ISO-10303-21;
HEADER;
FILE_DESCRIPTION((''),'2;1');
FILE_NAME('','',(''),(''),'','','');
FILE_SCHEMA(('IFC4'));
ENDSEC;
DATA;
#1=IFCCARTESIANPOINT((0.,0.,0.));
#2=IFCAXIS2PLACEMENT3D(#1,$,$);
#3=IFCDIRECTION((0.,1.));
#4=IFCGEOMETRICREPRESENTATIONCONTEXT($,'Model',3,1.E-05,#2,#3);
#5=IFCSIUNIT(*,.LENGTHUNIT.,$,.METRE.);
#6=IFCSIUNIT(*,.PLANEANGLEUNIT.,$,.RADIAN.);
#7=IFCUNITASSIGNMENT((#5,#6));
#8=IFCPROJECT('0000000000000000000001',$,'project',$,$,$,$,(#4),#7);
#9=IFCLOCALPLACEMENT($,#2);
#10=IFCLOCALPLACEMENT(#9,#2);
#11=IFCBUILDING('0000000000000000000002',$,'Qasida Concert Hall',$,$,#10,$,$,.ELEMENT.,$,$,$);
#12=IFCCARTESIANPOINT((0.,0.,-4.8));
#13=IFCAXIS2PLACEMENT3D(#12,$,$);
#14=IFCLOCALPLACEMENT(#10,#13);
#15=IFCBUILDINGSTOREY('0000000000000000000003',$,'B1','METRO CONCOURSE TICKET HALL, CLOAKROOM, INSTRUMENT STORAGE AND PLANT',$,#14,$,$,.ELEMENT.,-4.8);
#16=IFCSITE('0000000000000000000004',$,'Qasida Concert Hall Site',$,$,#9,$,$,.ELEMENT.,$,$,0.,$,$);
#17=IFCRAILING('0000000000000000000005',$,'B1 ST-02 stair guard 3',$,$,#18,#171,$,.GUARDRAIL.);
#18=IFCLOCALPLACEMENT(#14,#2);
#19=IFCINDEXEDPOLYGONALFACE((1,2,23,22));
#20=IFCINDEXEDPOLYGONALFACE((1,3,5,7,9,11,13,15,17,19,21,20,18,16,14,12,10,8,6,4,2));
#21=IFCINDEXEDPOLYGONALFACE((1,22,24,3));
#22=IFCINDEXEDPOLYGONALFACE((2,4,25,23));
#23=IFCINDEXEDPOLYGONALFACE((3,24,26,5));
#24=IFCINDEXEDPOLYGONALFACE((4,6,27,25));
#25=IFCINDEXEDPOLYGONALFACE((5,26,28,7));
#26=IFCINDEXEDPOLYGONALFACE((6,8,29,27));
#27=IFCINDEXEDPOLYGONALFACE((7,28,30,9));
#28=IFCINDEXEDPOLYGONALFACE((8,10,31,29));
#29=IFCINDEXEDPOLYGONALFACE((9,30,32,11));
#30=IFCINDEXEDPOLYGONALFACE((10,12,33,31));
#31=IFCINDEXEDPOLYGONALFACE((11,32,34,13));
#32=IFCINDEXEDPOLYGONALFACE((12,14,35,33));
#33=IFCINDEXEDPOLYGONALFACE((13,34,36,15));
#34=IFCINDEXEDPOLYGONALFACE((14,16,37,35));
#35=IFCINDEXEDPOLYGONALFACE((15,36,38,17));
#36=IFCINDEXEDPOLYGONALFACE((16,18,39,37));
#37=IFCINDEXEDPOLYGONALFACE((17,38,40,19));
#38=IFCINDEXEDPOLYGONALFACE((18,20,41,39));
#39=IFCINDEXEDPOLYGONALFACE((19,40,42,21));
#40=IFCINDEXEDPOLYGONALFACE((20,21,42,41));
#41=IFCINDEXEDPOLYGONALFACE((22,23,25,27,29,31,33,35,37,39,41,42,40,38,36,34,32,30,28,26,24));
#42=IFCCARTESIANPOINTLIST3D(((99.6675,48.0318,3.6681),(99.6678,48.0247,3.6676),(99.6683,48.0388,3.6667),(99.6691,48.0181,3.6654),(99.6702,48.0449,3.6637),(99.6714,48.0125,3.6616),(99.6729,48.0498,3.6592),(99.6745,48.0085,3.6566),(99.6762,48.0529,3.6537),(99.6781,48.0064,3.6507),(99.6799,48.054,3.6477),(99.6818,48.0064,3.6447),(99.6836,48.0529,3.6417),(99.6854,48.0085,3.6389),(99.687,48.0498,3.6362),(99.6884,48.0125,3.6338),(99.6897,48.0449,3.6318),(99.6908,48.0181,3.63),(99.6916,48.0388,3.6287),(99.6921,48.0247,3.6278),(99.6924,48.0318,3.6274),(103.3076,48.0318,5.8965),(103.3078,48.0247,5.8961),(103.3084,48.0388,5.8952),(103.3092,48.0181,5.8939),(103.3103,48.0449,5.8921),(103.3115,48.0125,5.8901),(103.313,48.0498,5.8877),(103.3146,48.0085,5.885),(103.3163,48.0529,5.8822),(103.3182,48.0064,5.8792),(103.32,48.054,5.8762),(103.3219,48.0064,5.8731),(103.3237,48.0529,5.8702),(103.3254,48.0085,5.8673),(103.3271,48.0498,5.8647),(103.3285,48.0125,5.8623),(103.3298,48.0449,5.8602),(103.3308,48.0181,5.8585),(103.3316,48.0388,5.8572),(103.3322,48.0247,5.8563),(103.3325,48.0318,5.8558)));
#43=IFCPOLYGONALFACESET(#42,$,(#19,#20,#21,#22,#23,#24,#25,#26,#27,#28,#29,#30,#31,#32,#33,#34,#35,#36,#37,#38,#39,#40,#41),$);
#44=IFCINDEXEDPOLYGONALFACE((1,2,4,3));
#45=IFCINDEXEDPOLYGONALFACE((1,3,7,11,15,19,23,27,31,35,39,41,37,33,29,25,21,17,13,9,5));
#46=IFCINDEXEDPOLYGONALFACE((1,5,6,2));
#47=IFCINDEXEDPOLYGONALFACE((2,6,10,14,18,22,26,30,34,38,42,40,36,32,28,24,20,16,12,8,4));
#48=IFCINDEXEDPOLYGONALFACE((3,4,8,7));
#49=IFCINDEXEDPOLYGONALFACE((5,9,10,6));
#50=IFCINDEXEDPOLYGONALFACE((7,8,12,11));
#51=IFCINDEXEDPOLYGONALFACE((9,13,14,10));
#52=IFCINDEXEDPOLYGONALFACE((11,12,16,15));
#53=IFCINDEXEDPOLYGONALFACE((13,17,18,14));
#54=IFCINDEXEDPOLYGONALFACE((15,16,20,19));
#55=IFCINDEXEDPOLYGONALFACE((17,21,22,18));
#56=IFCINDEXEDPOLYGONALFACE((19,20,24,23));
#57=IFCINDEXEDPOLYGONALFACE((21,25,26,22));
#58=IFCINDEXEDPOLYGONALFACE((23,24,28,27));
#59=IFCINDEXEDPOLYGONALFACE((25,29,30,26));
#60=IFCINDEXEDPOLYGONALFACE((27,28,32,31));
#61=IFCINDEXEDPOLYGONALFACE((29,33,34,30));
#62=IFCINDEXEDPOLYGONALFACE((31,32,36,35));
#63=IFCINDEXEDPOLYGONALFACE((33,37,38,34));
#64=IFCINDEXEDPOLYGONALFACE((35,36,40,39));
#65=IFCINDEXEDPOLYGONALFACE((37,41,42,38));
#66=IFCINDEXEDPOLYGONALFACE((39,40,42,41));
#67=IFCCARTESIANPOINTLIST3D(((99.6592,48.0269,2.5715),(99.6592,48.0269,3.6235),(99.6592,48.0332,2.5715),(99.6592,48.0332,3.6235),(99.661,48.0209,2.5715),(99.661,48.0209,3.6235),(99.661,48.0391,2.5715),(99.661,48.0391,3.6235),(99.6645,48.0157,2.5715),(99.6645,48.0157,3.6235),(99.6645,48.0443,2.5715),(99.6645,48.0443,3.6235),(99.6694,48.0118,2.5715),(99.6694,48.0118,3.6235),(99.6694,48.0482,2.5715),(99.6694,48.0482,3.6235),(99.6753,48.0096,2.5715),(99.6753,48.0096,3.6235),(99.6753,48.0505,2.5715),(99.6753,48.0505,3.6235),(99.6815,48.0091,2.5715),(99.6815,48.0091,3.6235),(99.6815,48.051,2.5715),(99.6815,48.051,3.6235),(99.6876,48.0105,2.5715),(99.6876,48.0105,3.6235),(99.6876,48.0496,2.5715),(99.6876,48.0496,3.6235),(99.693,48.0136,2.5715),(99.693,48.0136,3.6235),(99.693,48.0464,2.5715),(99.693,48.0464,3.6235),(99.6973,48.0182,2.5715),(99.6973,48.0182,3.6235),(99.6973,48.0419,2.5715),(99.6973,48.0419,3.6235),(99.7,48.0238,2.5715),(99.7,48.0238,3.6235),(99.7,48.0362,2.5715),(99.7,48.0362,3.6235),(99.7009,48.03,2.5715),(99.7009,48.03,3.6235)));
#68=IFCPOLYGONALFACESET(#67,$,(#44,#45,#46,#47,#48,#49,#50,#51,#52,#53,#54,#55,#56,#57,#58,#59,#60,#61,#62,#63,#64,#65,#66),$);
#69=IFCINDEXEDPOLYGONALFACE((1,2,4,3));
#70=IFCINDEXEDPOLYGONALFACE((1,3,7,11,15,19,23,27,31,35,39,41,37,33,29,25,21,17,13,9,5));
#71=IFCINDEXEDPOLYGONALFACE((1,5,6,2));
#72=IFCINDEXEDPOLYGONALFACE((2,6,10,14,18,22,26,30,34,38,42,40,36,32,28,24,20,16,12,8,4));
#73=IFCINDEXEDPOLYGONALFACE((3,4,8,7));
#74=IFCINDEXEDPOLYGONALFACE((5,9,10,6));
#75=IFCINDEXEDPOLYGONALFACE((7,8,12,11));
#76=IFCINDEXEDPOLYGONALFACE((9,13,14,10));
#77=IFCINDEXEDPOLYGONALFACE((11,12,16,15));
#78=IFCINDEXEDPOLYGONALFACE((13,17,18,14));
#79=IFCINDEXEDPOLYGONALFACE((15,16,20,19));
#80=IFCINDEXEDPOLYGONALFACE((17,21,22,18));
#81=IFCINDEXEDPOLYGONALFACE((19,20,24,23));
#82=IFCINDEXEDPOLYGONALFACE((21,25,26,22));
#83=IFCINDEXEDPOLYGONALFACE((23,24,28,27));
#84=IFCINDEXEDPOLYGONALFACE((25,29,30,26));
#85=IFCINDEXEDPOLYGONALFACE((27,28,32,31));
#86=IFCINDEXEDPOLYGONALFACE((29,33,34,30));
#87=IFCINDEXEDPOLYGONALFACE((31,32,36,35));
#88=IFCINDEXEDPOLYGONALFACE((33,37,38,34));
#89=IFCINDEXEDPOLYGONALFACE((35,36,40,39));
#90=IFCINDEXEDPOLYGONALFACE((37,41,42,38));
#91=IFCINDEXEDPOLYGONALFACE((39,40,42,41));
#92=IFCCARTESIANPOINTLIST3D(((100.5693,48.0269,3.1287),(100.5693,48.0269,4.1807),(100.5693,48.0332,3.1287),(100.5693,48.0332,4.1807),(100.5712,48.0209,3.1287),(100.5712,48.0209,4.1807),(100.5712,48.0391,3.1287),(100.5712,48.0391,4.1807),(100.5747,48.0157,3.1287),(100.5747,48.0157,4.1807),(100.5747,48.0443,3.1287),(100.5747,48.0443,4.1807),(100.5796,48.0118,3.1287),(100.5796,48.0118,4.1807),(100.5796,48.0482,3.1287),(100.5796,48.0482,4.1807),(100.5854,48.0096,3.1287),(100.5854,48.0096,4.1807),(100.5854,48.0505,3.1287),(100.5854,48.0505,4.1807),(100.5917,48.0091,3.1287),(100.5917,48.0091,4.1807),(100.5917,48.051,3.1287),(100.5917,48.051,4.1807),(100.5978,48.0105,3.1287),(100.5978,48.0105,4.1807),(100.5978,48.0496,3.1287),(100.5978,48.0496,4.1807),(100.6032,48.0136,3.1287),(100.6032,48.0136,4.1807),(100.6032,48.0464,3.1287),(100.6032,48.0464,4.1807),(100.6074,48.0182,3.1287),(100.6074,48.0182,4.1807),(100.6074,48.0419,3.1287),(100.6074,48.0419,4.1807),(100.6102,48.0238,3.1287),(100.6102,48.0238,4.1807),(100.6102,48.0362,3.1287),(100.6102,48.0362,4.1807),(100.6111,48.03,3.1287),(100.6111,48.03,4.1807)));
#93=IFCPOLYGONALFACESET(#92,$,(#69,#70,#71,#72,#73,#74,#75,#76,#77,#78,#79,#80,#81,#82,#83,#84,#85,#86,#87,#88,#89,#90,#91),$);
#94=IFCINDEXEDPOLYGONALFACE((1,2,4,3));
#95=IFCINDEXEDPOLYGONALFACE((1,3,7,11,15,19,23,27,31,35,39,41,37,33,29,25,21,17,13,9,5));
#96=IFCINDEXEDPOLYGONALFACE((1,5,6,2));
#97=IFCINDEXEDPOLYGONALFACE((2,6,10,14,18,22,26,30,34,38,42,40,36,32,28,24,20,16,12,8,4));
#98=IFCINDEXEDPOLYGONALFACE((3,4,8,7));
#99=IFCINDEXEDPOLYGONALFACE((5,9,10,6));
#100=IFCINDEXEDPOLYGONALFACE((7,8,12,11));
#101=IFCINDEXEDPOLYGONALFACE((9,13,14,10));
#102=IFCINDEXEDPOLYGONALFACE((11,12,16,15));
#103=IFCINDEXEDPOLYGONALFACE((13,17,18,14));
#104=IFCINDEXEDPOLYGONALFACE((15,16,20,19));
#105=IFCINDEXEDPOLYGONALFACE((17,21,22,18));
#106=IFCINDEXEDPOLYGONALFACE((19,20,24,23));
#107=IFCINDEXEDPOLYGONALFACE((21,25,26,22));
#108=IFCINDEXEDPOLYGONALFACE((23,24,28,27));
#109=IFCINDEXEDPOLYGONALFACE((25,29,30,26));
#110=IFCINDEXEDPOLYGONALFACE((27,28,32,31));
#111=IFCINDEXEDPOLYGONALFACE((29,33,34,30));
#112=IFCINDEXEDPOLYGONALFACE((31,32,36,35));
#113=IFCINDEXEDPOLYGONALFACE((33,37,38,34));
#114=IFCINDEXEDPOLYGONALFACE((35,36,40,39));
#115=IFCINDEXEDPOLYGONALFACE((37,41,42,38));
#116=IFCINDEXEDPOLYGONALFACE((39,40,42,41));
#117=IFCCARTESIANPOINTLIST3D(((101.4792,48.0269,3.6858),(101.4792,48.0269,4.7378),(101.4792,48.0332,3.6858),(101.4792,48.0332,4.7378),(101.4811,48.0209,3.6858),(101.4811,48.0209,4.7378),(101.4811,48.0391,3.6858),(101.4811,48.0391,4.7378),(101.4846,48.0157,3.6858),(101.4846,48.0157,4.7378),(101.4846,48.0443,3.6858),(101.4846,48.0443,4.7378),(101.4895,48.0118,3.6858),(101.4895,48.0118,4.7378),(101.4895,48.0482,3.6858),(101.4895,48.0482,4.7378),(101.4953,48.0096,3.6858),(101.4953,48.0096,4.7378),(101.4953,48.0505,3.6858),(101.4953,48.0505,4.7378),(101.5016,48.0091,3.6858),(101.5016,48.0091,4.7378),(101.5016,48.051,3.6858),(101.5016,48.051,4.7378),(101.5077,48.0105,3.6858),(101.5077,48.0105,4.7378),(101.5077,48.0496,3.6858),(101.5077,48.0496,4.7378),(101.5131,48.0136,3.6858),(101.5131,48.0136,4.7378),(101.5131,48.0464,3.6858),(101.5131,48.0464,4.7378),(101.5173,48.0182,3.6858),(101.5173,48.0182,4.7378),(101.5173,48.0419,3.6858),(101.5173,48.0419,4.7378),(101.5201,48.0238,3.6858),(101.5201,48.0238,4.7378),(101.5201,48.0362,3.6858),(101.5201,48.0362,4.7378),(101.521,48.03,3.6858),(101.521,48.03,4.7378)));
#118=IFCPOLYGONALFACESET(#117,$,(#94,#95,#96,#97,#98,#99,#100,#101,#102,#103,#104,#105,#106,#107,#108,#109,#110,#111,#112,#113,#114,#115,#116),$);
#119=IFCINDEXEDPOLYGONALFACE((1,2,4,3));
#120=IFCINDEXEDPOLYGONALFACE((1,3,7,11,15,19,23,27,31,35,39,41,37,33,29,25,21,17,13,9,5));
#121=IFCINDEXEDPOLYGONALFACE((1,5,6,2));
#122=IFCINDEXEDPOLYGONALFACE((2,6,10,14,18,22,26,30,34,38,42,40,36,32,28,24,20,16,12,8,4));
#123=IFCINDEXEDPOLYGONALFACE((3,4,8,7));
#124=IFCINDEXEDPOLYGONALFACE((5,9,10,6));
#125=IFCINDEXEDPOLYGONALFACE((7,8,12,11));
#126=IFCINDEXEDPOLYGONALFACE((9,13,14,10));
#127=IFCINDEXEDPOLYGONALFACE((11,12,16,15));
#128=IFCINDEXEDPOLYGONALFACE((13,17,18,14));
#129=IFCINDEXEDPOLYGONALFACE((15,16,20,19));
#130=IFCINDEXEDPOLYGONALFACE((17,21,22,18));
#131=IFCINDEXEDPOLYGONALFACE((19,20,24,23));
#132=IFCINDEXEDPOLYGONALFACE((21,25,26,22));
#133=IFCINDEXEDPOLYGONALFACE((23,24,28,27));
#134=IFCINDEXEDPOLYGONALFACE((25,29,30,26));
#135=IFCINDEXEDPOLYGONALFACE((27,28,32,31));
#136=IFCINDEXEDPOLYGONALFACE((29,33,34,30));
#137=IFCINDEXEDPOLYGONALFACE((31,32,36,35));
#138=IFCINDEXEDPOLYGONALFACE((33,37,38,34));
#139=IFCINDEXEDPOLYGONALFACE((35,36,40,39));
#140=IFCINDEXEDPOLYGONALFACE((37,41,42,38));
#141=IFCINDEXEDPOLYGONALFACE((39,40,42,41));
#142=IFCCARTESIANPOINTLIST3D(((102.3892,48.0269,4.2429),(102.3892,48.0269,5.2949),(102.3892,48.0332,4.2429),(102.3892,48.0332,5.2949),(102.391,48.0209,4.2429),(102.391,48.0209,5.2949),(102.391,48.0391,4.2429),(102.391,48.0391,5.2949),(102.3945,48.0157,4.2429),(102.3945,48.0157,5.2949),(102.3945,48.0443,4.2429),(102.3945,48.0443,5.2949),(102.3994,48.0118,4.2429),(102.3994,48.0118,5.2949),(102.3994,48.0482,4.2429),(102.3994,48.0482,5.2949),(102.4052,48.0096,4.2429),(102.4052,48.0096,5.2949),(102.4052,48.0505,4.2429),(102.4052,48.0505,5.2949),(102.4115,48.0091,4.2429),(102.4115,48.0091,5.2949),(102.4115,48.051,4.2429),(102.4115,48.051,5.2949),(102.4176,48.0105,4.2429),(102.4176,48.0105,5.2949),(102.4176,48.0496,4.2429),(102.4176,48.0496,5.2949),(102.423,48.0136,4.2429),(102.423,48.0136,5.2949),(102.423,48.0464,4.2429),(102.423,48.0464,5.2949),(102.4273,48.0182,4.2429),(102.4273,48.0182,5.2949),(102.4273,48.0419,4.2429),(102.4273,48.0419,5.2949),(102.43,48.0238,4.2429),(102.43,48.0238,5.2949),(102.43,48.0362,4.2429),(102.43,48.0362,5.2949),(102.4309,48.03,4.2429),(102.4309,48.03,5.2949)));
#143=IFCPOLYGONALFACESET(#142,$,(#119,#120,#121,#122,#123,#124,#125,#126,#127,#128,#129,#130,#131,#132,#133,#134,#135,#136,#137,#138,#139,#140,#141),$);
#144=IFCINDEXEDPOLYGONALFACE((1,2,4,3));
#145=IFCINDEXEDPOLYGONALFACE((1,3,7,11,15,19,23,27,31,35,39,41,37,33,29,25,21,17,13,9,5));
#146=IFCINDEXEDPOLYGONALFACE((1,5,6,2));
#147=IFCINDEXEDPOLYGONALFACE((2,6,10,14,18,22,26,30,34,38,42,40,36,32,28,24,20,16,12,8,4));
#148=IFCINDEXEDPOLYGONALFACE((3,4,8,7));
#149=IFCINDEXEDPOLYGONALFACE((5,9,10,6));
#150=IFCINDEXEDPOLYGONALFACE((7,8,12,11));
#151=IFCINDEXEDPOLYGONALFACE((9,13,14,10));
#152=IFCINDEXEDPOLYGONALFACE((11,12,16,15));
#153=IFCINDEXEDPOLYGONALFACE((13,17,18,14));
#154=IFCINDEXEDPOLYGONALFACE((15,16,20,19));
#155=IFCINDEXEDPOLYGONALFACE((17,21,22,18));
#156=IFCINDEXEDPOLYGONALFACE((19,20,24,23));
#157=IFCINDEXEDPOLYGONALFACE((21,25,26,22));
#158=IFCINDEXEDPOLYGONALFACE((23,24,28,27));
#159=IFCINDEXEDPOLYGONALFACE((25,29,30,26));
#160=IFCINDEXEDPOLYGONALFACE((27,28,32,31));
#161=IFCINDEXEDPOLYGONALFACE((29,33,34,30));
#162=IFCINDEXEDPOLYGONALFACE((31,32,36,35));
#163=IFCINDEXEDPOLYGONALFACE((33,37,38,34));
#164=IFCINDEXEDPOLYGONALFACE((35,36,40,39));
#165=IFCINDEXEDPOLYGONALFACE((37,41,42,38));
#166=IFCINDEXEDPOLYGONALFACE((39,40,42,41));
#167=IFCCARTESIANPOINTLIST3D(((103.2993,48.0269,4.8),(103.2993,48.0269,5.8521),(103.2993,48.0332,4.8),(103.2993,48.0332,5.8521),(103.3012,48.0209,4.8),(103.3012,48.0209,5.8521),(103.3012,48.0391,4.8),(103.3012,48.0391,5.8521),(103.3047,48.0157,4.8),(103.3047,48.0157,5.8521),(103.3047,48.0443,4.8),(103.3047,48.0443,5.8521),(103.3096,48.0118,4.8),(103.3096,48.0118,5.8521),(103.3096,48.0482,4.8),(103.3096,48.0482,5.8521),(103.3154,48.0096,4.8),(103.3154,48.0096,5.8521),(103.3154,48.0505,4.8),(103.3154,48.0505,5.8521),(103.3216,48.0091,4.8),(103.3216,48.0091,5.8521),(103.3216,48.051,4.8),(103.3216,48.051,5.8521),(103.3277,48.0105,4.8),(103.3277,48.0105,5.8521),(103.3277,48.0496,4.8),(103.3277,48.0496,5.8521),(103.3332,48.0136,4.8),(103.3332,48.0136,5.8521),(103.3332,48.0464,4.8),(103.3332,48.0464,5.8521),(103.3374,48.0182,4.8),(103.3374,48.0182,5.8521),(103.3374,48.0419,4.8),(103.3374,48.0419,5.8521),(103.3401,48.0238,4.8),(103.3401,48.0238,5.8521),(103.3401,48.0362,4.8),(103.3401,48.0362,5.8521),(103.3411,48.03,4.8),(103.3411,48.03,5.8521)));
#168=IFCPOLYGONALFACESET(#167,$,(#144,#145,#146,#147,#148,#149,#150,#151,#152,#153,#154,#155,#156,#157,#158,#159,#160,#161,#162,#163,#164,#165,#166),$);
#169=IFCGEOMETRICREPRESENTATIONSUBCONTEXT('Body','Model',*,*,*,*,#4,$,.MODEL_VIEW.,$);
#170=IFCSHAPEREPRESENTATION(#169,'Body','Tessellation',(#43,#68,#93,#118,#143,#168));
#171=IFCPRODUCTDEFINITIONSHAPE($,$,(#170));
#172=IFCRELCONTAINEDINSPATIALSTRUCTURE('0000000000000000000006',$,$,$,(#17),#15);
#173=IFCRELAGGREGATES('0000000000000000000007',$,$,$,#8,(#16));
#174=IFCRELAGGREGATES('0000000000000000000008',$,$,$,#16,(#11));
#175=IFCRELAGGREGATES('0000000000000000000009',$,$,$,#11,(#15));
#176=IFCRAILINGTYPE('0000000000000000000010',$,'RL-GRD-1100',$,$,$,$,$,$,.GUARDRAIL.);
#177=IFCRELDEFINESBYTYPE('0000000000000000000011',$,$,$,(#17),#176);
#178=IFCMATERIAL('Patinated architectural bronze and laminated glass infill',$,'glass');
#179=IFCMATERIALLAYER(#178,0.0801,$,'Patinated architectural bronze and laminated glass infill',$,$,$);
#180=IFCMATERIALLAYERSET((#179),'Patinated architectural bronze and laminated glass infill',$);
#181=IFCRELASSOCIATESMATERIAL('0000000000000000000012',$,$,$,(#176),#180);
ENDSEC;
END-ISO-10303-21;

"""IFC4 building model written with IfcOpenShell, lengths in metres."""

from ifc_helpers import new_model, si_unit, direction, frame, origin, origin_2d, place, context, subcontext, project, spatial, circle, extrude, material, layer, layer_set, type_object, element, save


model = new_model("IFC4")

# Units and contexts
model_context = context("Model", 3, precision=1e-05, world=origin(), true_north=direction((0.0, 1.0)))
body_context = subcontext(model_context, "Body", "Model", "MODEL_VIEW")
ifc_project = project(units=[si_unit("LENGTHUNIT", "METRE"), si_unit("PLANEANGLEUNIT", "RADIAN")], contexts=[model_context])

# Site, building, storey
site_placement = place(None, origin())
site = spatial("IfcSite", under=ifc_project, at=site_placement, Name="Qasida Concert Hall Site", CompositionType="ELEMENT", RefElevation=0.0)
building_placement = place(site_placement, origin())
building = spatial("IfcBuilding", under=site, at=building_placement, Name="Qasida Concert Hall", CompositionType="ELEMENT")
storey_placement = place(building_placement, frame((0.0, 0.0, -4.8)))
storey = spatial("IfcBuildingStorey", under=building, at=storey_placement, Name="B1", Description="METRO CONCOURSE TICKET HALL, CLOAKROOM, INSTRUMENT STORAGE AND PLANT", CompositionType="ELEMENT", Elevation=-4.8)

# Railing
ifc_material_1 = material(Name="Patinated architectural bronze and laminated glass infill", Category="glass")
ifc_layer_1 = layer(ifc_material_1, 0.0801, Name="Patinated architectural bronze and laminated glass infill")
ifc_layer_set_1 = layer_set([ifc_layer_1], Name="Patinated architectural bronze and laminated glass infill")
railing_type_1 = type_object("IfcRailingType", Name="RL-GRD-1100", PredefinedType="GUARDRAIL", material=ifc_layer_set_1)
railing_1_placement = place(storey_placement, frame((99.6799, 48.03, 2.5715)))
element("IfcRailing", 1, at=railing_1_placement, inside=storey, type_object=railing_type_1, Name="B1 ST-02 stair guard 3", PredefinedType="GUARDRAIL", context=body_context, shape_type="SweptSolid", body=[
    extrude(circle(Radius=0.0239, at=origin_2d()), frame((0.0, 0.0, 1.0762), z_axis=(0.852866, 0.0, 0.52213), x_axis=(0.0, 1.0, 0.0)), (0.0, 0.0, 1.0), 4.2681),
    extrude(circle(Radius=0.021, at=origin_2d()), origin(), (0.0, 0.0, 1.0), 1.052),
    extrude(circle(Radius=0.021, at=origin_2d()), frame((0.9102, 0.0, 0.5571)), (0.0, 0.0, 1.0), 1.052),
    extrude(circle(Radius=0.021, at=origin_2d()), frame((1.8201, 0.0, 1.1143)), (0.0, 0.0, 1.0), 1.052),
    extrude(circle(Radius=0.021, at=origin_2d()), frame((2.73, 0.0, 1.6714)), (0.0, 0.0, 1.0), 1.052),
    extrude(circle(Radius=0.021, at=origin_2d()), frame((3.6401, 0.0, 2.2285)), (0.0, 0.0, 1.0), 1.052),
])

save(model, "model.ifc")
